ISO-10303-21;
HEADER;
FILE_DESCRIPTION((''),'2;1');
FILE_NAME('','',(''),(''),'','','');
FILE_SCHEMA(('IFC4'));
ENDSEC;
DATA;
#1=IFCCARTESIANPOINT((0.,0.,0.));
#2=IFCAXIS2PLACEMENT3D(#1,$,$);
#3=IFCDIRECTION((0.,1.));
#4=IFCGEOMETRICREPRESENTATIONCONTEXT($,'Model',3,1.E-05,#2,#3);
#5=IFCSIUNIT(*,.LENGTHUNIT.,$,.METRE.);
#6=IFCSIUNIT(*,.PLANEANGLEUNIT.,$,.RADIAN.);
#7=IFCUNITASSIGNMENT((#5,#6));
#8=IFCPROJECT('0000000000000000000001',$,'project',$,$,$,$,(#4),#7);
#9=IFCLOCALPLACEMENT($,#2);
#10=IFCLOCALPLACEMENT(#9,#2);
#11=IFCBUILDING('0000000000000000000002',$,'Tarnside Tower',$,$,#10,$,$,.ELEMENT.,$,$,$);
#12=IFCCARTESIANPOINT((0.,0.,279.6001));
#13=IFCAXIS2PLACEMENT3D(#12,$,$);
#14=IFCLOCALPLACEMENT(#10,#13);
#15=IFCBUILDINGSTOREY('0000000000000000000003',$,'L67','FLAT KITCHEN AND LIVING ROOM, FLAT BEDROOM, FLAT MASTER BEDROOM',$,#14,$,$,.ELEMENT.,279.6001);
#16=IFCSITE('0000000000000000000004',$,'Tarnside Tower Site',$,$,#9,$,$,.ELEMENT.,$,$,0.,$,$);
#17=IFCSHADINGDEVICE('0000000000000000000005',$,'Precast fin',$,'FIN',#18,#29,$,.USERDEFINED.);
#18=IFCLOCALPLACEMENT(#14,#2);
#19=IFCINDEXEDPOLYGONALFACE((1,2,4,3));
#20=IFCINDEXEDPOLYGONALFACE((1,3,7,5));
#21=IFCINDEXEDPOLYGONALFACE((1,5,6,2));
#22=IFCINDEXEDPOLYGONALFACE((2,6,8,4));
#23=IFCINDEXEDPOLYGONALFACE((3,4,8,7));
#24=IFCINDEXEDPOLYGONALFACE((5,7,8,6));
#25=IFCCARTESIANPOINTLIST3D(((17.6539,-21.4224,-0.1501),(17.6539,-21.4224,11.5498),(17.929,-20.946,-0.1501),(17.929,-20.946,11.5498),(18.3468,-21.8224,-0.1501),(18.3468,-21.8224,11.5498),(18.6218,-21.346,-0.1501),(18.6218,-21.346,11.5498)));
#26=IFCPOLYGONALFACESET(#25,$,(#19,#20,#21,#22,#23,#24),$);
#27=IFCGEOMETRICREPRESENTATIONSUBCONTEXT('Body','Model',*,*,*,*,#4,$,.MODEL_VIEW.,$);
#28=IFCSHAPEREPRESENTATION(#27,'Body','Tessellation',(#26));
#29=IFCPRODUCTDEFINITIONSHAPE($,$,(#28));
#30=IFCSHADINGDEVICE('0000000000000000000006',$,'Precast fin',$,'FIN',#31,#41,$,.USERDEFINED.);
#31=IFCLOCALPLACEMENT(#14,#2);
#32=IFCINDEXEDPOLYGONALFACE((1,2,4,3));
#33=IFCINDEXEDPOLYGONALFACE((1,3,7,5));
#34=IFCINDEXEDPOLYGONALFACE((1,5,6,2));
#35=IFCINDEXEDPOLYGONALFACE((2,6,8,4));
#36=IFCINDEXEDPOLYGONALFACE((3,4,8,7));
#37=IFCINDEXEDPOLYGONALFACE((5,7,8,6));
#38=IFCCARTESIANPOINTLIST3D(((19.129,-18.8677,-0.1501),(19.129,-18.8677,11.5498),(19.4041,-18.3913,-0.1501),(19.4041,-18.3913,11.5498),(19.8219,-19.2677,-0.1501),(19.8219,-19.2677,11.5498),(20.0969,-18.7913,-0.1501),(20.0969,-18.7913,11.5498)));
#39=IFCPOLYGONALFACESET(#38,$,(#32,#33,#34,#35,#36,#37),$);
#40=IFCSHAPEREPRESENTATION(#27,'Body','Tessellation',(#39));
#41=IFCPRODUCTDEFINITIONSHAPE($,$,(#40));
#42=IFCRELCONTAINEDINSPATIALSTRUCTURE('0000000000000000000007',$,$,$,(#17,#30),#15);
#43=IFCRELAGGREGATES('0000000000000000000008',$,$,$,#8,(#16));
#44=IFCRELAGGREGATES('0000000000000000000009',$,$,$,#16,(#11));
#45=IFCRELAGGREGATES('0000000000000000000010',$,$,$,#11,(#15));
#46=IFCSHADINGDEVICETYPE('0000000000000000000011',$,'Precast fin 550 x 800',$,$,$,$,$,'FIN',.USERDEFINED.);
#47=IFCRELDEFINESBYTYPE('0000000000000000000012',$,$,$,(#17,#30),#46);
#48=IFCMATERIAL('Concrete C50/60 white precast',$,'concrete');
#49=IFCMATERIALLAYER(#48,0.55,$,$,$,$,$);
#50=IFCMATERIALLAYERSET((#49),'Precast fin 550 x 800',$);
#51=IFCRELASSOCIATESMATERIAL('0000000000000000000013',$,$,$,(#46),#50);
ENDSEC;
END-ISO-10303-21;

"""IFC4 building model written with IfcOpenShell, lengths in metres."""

from ifc_helpers import new_model, si_unit, direction, frame, origin, place, context, subcontext, project, spatial, polyline, outline, extrude, material, layer, layer_set, type_object, element, save


model = new_model("IFC4")

# Units and contexts
model_context = context("Model", 3, precision=1e-05, world=origin(), true_north=direction((0.0, 1.0)))
body_context = subcontext(model_context, "Body", "Model", "MODEL_VIEW")
ifc_project = project(units=[si_unit("LENGTHUNIT", "METRE"), si_unit("PLANEANGLEUNIT", "RADIAN")], contexts=[model_context])

# Site, building, storey
site_placement = place(None, origin())
site = spatial("IfcSite", under=ifc_project, at=site_placement, Name="Tarnside Tower Site", CompositionType="ELEMENT", RefElevation=0.0)
building_placement = place(site_placement, origin())
building = spatial("IfcBuilding", under=site, at=building_placement, Name="Tarnside Tower", CompositionType="ELEMENT")
storey_placement = place(building_placement, frame((0.0, 0.0, 279.6001)))
storey = spatial("IfcBuildingStorey", under=building, at=storey_placement, Name="L67", Description="FLAT KITCHEN AND LIVING ROOM, FLAT BEDROOM, FLAT MASTER BEDROOM", CompositionType="ELEMENT", Elevation=279.6001)

# Shading devices
ifc_material_1 = material(Name="Concrete C50/60 white precast", Category="concrete")
ifc_layer_1 = layer(ifc_material_1, 0.55)
ifc_layer_set_1 = layer_set([ifc_layer_1], Name="Precast fin 550 x 800")
shading_device_type_1 = type_object("IfcShadingDeviceType", Name="Precast fin 550 x 800", ElementType="FIN", PredefinedType="USERDEFINED", material=ifc_layer_set_1)
for number, where, z_axis, x_axis, name in (
    (1, (17.7915, -21.1841, -0.1501), (-0.5, -0.866025, 0.0), (0.866025, -0.5, 0.0), "Precast fin"),
    (2, (19.2666, -18.6294, -0.1501), (-0.5, -0.866025, 0.0), (0.866025, -0.5, 0.0), "Precast fin"),
):
    element("IfcShadingDevice", number, at=place(storey_placement, frame(where, z_axis=z_axis, x_axis=x_axis)), inside=storey, type_object=shading_device_type_1, Name=name, ObjectType="FIN", PredefinedType="USERDEFINED", context=body_context, shape_type="SweptSolid", body=[
        extrude(outline(polyline([(0.0, 0.0), (0.8, 0.0), (0.8, 11.7), (0.0, 11.7), (0.0, 0.0)])), frame((0.0, 0.0, -0.2749)), (0.0, 0.0, 1.0), 0.55),
    ])

save(model, "model.ifc")
